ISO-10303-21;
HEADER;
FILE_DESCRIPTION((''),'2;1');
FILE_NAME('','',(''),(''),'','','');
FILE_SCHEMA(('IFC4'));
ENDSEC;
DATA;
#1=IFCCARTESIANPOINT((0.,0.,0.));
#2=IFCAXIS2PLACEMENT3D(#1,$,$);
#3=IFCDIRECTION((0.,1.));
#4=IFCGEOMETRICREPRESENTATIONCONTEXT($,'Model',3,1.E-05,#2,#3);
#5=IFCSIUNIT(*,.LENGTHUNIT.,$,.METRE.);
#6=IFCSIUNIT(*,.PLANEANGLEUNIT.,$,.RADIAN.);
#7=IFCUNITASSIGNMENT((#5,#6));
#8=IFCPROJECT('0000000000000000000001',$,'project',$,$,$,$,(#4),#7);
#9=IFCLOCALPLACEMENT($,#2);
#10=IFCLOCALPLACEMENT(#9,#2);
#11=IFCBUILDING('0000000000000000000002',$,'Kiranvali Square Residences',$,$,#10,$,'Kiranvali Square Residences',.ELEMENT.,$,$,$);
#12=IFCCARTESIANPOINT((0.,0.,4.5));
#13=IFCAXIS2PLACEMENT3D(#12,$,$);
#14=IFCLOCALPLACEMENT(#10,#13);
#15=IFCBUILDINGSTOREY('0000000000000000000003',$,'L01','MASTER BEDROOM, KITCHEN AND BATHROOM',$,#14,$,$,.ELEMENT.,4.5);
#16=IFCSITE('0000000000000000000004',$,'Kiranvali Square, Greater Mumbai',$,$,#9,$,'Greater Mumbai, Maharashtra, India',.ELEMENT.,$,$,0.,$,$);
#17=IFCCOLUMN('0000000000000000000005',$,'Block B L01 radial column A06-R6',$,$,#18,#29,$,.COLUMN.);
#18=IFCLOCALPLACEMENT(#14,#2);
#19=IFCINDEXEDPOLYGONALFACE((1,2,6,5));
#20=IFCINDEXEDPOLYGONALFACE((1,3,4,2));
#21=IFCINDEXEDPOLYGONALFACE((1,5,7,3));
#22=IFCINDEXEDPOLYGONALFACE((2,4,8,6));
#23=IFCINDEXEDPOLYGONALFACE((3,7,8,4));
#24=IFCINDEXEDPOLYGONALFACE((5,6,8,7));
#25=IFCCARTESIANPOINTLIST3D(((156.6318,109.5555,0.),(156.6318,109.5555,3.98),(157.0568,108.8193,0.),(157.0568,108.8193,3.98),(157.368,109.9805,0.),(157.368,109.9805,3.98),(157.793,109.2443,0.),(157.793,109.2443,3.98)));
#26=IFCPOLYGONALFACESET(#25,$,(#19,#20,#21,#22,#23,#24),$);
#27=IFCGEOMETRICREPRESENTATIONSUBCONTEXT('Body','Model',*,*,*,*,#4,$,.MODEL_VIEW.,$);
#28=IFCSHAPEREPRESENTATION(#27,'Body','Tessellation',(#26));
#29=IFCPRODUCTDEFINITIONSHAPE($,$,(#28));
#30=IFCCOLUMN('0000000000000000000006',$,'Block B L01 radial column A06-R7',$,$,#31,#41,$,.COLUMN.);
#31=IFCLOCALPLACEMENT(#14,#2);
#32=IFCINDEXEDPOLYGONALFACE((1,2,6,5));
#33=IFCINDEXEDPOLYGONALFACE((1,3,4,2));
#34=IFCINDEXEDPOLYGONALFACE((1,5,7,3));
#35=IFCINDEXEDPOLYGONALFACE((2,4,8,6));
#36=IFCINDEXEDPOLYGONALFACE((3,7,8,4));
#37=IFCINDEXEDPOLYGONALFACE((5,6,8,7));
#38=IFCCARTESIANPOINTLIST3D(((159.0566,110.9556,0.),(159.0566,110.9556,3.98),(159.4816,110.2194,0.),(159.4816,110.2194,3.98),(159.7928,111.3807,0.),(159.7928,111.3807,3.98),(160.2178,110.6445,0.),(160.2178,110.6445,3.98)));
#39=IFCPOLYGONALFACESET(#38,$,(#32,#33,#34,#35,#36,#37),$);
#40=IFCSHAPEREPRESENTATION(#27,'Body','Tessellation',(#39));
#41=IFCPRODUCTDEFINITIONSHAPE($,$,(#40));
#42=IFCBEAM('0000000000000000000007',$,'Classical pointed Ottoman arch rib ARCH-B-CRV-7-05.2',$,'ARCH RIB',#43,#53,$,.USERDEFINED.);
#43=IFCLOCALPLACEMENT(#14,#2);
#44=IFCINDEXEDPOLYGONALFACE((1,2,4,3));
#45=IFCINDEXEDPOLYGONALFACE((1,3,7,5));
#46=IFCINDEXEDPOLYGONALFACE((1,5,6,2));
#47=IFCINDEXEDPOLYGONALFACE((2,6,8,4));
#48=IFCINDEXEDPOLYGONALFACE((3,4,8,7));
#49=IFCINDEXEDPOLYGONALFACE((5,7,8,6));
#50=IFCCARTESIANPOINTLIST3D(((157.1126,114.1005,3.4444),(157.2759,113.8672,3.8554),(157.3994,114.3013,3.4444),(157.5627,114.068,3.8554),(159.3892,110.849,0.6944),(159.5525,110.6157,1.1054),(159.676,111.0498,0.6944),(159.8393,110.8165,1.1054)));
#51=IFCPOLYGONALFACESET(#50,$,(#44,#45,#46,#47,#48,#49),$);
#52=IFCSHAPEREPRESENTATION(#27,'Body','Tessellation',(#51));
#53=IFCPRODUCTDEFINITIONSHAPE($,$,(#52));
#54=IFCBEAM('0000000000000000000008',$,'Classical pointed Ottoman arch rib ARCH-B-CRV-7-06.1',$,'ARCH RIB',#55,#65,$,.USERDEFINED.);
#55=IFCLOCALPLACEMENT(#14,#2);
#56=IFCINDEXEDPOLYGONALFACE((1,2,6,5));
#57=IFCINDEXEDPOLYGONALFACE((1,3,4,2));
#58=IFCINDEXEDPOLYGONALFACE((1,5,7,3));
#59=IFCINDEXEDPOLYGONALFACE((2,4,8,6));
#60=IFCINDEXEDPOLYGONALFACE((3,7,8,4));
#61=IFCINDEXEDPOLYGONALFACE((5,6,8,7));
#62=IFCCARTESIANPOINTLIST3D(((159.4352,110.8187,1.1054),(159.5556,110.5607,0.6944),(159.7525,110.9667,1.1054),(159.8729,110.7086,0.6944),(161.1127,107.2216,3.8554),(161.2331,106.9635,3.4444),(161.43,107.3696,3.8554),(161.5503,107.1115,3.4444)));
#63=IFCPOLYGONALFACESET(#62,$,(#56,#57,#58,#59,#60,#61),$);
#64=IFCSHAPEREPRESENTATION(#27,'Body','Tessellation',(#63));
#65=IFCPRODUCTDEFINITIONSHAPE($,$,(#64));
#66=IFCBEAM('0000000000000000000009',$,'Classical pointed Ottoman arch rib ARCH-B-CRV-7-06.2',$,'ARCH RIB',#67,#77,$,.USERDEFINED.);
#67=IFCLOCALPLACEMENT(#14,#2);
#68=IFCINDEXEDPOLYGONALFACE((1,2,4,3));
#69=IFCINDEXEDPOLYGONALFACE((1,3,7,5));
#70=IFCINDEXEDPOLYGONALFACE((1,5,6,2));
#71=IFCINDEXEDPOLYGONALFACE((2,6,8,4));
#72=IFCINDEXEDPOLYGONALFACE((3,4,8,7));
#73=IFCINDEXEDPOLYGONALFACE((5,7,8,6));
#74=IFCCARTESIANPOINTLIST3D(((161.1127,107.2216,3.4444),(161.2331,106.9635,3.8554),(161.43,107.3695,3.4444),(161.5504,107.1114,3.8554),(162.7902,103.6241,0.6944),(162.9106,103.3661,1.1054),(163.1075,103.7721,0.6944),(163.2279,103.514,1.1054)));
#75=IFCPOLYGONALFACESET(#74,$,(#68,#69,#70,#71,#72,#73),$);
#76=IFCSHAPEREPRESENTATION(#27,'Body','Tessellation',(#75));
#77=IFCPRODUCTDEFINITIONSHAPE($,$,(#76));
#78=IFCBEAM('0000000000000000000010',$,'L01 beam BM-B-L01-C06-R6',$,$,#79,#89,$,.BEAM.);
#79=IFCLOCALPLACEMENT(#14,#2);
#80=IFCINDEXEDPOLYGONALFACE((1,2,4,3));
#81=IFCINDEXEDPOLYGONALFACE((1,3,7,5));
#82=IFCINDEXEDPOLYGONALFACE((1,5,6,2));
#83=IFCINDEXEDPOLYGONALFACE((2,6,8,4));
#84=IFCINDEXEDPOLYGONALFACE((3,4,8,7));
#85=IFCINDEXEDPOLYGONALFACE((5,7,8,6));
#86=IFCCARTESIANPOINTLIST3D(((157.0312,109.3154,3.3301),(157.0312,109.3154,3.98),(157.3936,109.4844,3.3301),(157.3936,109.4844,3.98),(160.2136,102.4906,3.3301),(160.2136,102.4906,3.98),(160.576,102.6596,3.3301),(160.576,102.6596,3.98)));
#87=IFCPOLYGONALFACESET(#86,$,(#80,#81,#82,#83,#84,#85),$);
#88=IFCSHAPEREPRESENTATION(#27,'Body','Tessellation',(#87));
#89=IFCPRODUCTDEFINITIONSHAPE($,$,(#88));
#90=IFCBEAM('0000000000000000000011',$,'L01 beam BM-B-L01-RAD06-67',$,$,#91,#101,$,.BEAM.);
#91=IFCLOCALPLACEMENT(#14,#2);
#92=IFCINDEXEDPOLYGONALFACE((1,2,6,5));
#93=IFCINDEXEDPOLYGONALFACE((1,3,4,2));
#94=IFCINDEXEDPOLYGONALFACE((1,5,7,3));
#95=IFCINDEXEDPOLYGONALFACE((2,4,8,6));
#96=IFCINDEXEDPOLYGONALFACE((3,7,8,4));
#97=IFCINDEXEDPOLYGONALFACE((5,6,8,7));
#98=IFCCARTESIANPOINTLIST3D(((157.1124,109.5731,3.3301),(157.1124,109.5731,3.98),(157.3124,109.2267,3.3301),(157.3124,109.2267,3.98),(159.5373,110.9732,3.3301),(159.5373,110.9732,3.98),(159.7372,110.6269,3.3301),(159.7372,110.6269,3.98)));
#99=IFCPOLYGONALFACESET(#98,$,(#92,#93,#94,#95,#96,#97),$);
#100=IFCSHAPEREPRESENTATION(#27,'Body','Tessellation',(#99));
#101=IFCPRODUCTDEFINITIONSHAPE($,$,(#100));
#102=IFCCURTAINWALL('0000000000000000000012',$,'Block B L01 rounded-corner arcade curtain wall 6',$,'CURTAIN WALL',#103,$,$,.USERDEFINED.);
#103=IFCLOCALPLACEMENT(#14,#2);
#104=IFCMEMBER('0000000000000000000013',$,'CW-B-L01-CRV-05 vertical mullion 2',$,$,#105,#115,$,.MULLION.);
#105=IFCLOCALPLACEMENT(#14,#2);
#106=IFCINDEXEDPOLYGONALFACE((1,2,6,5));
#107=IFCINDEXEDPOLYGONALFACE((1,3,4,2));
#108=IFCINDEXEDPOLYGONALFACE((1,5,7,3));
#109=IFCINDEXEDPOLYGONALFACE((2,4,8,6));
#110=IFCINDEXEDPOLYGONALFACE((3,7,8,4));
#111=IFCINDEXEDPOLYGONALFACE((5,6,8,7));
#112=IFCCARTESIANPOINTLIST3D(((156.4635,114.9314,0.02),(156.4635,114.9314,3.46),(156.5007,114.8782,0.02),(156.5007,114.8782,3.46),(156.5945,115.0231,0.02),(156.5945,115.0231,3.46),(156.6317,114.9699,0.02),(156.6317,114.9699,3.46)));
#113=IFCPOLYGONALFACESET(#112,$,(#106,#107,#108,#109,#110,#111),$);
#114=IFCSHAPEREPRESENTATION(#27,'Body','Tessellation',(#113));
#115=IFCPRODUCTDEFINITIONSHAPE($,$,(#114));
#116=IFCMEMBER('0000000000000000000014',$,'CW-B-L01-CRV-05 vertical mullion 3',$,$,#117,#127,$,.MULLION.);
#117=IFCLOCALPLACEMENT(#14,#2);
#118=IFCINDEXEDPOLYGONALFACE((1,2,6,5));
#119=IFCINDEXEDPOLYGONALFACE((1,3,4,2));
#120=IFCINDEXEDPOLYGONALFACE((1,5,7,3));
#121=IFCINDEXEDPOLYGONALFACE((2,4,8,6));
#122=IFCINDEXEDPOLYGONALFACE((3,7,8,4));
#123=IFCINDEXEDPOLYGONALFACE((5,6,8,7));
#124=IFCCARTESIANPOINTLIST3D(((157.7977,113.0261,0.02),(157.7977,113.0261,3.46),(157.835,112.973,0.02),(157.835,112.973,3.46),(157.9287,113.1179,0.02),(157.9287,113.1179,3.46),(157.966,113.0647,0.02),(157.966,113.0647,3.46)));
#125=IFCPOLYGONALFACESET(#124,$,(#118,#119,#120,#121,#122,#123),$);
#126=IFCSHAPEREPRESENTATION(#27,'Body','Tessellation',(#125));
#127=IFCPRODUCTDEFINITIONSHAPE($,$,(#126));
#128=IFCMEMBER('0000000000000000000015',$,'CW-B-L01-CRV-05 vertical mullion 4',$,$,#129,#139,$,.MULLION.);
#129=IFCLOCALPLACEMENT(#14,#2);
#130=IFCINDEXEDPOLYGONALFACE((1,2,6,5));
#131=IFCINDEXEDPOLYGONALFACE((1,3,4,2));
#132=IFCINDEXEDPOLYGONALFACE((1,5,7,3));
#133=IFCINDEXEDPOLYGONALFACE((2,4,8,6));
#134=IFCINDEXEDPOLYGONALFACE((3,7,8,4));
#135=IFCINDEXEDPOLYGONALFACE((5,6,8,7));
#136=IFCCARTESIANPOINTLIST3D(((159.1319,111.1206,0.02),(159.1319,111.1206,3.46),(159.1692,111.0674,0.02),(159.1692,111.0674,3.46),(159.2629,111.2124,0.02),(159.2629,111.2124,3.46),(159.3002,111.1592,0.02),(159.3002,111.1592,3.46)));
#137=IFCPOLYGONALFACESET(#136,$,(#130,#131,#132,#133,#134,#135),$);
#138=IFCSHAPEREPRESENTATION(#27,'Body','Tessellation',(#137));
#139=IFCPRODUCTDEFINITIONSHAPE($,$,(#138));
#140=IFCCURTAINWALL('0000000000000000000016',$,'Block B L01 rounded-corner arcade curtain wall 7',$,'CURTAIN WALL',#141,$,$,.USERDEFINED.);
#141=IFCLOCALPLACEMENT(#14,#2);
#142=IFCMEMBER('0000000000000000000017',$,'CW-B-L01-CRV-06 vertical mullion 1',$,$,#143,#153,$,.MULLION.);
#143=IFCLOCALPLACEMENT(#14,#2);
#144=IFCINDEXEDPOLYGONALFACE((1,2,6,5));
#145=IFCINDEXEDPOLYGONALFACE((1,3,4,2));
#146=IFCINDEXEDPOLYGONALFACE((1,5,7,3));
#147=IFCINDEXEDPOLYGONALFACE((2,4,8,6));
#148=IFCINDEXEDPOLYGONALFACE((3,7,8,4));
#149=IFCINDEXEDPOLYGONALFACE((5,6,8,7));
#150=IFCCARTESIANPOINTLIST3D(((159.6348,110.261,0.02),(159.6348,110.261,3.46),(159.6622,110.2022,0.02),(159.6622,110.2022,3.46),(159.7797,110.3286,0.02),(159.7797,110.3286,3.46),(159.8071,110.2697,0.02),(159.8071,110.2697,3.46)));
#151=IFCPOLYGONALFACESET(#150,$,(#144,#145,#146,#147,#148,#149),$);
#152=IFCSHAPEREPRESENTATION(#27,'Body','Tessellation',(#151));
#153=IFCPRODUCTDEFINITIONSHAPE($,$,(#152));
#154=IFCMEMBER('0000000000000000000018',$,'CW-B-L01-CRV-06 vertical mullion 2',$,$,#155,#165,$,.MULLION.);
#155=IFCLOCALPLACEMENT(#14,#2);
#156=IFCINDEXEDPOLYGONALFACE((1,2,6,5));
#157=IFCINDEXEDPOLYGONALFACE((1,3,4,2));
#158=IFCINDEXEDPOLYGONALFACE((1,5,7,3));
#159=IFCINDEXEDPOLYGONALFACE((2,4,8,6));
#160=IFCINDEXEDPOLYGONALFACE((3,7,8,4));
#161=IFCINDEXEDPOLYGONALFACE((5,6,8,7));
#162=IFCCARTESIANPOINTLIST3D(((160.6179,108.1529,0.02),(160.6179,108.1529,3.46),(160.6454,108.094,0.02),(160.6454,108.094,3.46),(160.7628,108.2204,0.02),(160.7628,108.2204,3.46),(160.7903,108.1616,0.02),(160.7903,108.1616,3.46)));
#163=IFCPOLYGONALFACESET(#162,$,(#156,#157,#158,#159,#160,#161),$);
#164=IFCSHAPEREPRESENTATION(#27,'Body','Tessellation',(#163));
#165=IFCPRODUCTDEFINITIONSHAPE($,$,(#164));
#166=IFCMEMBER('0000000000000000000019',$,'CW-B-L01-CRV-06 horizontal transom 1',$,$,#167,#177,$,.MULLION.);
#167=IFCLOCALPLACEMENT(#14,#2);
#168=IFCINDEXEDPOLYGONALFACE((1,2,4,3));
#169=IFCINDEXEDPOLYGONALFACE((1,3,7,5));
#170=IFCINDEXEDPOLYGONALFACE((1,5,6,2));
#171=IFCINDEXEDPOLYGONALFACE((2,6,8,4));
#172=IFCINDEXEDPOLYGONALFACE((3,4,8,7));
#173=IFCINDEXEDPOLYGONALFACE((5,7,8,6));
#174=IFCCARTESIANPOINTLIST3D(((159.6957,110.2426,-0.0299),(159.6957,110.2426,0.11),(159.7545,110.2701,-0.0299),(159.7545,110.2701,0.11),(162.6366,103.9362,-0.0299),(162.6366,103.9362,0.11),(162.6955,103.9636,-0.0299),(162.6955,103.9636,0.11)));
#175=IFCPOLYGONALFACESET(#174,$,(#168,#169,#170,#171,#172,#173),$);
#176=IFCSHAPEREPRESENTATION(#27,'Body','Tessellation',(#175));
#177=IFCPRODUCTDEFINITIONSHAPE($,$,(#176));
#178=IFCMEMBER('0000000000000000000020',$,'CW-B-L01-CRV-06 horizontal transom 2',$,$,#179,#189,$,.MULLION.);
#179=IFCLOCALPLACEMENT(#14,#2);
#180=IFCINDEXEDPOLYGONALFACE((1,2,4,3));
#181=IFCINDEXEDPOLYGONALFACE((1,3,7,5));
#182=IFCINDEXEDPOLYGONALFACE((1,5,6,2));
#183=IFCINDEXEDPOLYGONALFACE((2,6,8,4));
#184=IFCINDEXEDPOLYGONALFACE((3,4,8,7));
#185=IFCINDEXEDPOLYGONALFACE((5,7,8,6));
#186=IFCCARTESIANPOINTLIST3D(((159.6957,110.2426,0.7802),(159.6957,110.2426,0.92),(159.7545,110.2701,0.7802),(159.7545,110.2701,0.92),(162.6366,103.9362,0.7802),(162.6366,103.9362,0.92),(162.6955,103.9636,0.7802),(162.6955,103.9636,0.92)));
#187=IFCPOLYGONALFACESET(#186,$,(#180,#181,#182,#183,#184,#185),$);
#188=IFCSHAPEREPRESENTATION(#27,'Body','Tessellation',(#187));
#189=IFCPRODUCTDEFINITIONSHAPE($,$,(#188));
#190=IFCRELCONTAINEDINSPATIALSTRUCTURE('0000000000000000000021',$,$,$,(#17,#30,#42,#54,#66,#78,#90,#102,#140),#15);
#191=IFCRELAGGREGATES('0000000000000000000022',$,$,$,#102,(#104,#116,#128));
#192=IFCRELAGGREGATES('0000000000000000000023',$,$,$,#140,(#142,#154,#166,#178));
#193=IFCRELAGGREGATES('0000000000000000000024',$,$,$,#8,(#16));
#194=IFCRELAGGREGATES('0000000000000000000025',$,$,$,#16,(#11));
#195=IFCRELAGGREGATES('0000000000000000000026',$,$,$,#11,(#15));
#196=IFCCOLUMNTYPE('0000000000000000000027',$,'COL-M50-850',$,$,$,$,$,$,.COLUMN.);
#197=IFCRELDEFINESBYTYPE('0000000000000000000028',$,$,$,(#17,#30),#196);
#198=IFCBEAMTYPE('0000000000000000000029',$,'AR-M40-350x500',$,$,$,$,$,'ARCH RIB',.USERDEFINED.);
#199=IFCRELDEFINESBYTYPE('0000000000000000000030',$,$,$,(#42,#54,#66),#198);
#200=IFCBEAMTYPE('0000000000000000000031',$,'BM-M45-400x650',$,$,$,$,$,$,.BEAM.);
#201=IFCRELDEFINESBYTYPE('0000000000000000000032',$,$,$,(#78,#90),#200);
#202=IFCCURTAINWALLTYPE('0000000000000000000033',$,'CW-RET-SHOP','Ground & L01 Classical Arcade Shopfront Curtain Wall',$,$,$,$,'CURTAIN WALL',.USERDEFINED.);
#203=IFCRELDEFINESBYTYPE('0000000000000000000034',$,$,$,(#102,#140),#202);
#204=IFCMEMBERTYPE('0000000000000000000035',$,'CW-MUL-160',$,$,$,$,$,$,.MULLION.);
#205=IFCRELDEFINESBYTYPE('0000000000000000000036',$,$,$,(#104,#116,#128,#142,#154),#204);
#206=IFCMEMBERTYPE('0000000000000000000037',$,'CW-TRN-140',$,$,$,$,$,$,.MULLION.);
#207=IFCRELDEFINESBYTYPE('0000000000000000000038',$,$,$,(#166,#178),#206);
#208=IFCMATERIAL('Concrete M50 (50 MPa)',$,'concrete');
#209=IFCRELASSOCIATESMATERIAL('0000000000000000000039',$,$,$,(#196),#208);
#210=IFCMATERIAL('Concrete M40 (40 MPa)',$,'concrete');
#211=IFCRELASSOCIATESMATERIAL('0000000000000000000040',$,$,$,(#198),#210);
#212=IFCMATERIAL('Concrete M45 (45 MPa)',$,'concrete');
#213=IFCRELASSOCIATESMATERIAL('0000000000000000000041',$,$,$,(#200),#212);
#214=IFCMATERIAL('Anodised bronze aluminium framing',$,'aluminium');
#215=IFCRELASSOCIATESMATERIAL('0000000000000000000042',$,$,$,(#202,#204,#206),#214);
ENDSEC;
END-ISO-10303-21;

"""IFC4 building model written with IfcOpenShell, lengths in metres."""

from ifc_helpers import new_model, si_unit, direction, frame, origin, origin_2d, place, context, subcontext, project, spatial, rectangle, extrude, material, material_profile, profile_set, type_object, element, aggregate, save


model = new_model("IFC4")

# Units and contexts
model_context = context("Model", 3, precision=1e-05, world=origin(), true_north=direction((0.0, 1.0)))
body_context = subcontext(model_context, "Body", "Model", "MODEL_VIEW")
ifc_project = project(units=[si_unit("LENGTHUNIT", "METRE"), si_unit("PLANEANGLEUNIT", "RADIAN")], contexts=[model_context])

# Site, building, storey
site_placement = place(None, origin())
site = spatial("IfcSite", under=ifc_project, at=site_placement, Name="Kiranvali Square, Greater Mumbai", LongName="Greater Mumbai, Maharashtra, India", CompositionType="ELEMENT", RefElevation=0.0)
building_placement = place(site_placement, origin())
building = spatial("IfcBuilding", under=site, at=building_placement, Name="Kiranvali Square Residences", LongName="Kiranvali Square Residences", CompositionType="ELEMENT")
storey_placement = place(building_placement, frame((0.0, 0.0, 4.5)))
storey = spatial("IfcBuildingStorey", under=building, at=storey_placement, Name="L01", Description="MASTER BEDROOM, KITCHEN AND BATHROOM", CompositionType="ELEMENT", Elevation=4.5)

# Columns
ifc_material_1 = material(Name="Concrete M50 (50 MPa)", Category="concrete")
ifc_material_profile_1 = material_profile(ifc_material_1, rectangle(XDim=0.8501, YDim=0.8501, at=origin_2d()), Name="RC 850x850")
ifc_profile_set_1 = profile_set([ifc_material_profile_1], Name="Concrete M50 (50 MPa)")
column_type = type_object("IfcColumnType", Name="COL-M50-850", PredefinedType="COLUMN", material=ifc_profile_set_1)
for number, where, z_axis, x_axis, name in (
    (1, (157.2124, 109.3999, 0.0), (0.0, 0.0, 1.0), (-0.5, 0.866025, 0.0), "Block B L01 radial column A06-R6"),
    (2, (159.6372, 110.8, 0.0), (0.0, 0.0, 1.0), (-0.5, 0.866025, 0.0), "Block B L01 radial column A06-R7"),
):
    element("IfcColumn", number, at=place(storey_placement, frame(where, z_axis=z_axis, x_axis=x_axis)), inside=storey, type_object=column_type, Name=name, PredefinedType="COLUMN", context=body_context, shape_type="SweptSolid", body=[
        extrude(rectangle(XDim=0.8501, YDim=0.8501, at=origin_2d()), origin(), (0.0, 0.0, 1.0), 3.98),
    ])

# Beams
ifc_material_2 = material(Name="Concrete M40 (40 MPa)", Category="concrete")
ifc_material_profile_2 = material_profile(ifc_material_2, rectangle(XDim=0.3501, YDim=0.5, at=origin_2d()), Name="RC 350x500")
ifc_profile_set_2 = profile_set([ifc_material_profile_2], Name="Concrete M40 (40 MPa)")
beam_type_1 = type_object("IfcBeamType", Name="AR-M40-350x500", ElementType="ARCH RIB", PredefinedType="USERDEFINED", material=ifc_profile_set_2)
beam_1_placement = place(storey_placement, frame((157.3376, 114.0842, 3.6499), z_axis=(0.471463, -0.673346, -0.569498), x_axis=(0.819163, 0.573561, 0.0)))
element("IfcBeam", 3, at=beam_1_placement, inside=storey, type_object=beam_type_1, Name="Classical pointed Ottoman arch rib ARCH-B-CRV-7-05.2", ObjectType="ARCH RIB", PredefinedType="USERDEFINED", context=body_context, shape_type="SweptSolid", body=[
    extrude(rectangle(XDim=0.3501, YDim=0.5, at=origin_2d()), origin(), (0.0, 0.0, 1.0), 4.8289),
])
beam_2_placement = place(storey_placement, frame((159.6541, 110.7637, 0.8999), z_axis=(0.347402, -0.74496, 0.569515), x_axis=(0.906298, 0.42264, 0.0)))
element("IfcBeam", 4, at=beam_2_placement, inside=storey, type_object=beam_type_1, Name="Classical pointed Ottoman arch rib ARCH-B-CRV-7-06.1", ObjectType="ARCH RIB", PredefinedType="USERDEFINED", context=body_context, shape_type="SweptSolid", body=[
    extrude(rectangle(XDim=0.3501, YDim=0.5, at=origin_2d()), origin(), (0.0, 0.0, 1.0), 4.8286),
])
beam_3_placement = place(storey_placement, frame((161.3315, 107.1665, 3.6499), z_axis=(0.347389, -0.744982, -0.569493), x_axis=(0.906309, 0.422616, 0.0)))
element("IfcBeam", 5, at=beam_3_placement, inside=storey, type_object=beam_type_1, Name="Classical pointed Ottoman arch rib ARCH-B-CRV-7-06.2", ObjectType="ARCH RIB", PredefinedType="USERDEFINED", context=body_context, shape_type="SweptSolid", body=[
    extrude(rectangle(XDim=0.3501, YDim=0.5, at=origin_2d()), origin(), (0.0, 0.0, 1.0), 4.8289),
])
ifc_material_3 = material(Name="Concrete M45 (45 MPa)", Category="concrete")
ifc_material_profile_3 = material_profile(ifc_material_3, rectangle(XDim=0.3999, YDim=0.6499, at=origin_2d()), Name="RC 400x650")
ifc_profile_set_3 = profile_set([ifc_material_profile_3], Name="Concrete M45 (45 MPa)")
beam_type_2 = type_object("IfcBeamType", Name="BM-M45-400x650", PredefinedType="BEAM", material=ifc_profile_set_3)
beam_4_placement = place(storey_placement, frame((157.2124, 109.3999, 3.655), z_axis=(0.422614, -0.90631, 0.0), x_axis=(0.90631, 0.422614, 0.0)))
element("IfcBeam", 6, at=beam_4_placement, inside=storey, type_object=beam_type_2, Name="L01 beam BM-B-L01-C06-R6", PredefinedType="BEAM", context=body_context, shape_type="SweptSolid", body=[
    extrude(rectangle(XDim=0.3999, YDim=0.6499, at=origin_2d()), origin(), (0.0, 0.0, 1.0), 7.5303),
])
beam_5_placement = place(storey_placement, frame((157.2124, 109.3999, 3.655), z_axis=(0.865997, 0.50005, 0.0), x_axis=(-0.50005, 0.865997, 0.0)))
element("IfcBeam", 7, at=beam_5_placement, inside=storey, type_object=beam_type_2, Name="L01 beam BM-B-L01-RAD06-67", PredefinedType="BEAM", context=body_context, shape_type="SweptSolid", body=[
    extrude(rectangle(XDim=0.3999, YDim=0.6499, at=origin_2d()), origin(), (0.0, 0.0, 1.0), 2.8),
])

# Curtain walls, members
ifc_material_4 = material(Name="Anodised bronze aluminium framing", Category="aluminium")
curtain_wall_type = type_object("IfcCurtainWallType", Name="CW-RET-SHOP", Description="Ground & L01 Classical Arcade Shopfront Curtain Wall", ElementType="CURTAIN WALL", PredefinedType="USERDEFINED", material=ifc_material_4)
curtain_wall_1_placement = place(storey_placement, origin())
curtain_wall_1 = element("IfcCurtainWall", 8, at=curtain_wall_1_placement, inside=storey, type_object=curtain_wall_type, Name="Block B L01 rounded-corner arcade curtain wall 6", ObjectType="CURTAIN WALL", PredefinedType="USERDEFINED")
ifc_material_profile_4 = material_profile(ifc_material_4, rectangle(XDim=0.0649, YDim=0.1599, at=origin_2d()), Name="ALU 65x160")
ifc_profile_set_4 = profile_set([ifc_material_profile_4], Name="Anodised bronze aluminium framing")
member_type_1 = type_object("IfcMemberType", Name="CW-MUL-160", PredefinedType="MULLION", material=ifc_profile_set_4)
member_1_placement = place(storey_placement, frame((156.5476, 114.9507, 0.02), z_axis=(0.0, 0.0, 1.0), x_axis=(0.573576, -0.819152, 0.0)))
member_1 = element("IfcMember", 9, at=member_1_placement, type_object=member_type_1, Name="CW-B-L01-CRV-05 vertical mullion 2", PredefinedType="MULLION", context=body_context, shape_type="SweptSolid", body=[
    extrude(rectangle(XDim=0.0649, YDim=0.1599, at=origin_2d()), origin(), (0.0, 0.0, 1.0), 3.4399),
])
member_2_placement = place(storey_placement, frame((157.8818, 113.0454, 0.02), z_axis=(0.0, 0.0, 1.0), x_axis=(0.573576, -0.819152, 0.0)))
member_2 = element("IfcMember", 10, at=member_2_placement, type_object=member_type_1, Name="CW-B-L01-CRV-05 vertical mullion 3", PredefinedType="MULLION", context=body_context, shape_type="SweptSolid", body=[
    extrude(rectangle(XDim=0.0649, YDim=0.1599, at=origin_2d()), origin(), (0.0, 0.0, 1.0), 3.4399),
])
member_3_placement = place(storey_placement, frame((159.2161, 111.1399, 0.02), z_axis=(0.0, 0.0, 1.0), x_axis=(0.573576, -0.819152, 0.0)))
member_3 = element("IfcMember", 11, at=member_3_placement, type_object=member_type_1, Name="CW-B-L01-CRV-05 vertical mullion 4", PredefinedType="MULLION", context=body_context, shape_type="SweptSolid", body=[
    extrude(rectangle(XDim=0.0649, YDim=0.1599, at=origin_2d()), origin(), (0.0, 0.0, 1.0), 3.4399),
])
curtain_wall_2_placement = place(storey_placement, origin())
curtain_wall_2 = element("IfcCurtainWall", 12, at=curtain_wall_2_placement, inside=storey, type_object=curtain_wall_type, Name="Block B L01 rounded-corner arcade curtain wall 7", ObjectType="CURTAIN WALL", PredefinedType="USERDEFINED")
member_4_placement = place(storey_placement, frame((159.7209, 110.2654, 0.02), z_axis=(0.0, 0.0, 1.0), x_axis=(0.422618, -0.906308, 0.0)))
member_4 = element("IfcMember", 13, at=member_4_placement, type_object=member_type_1, Name="CW-B-L01-CRV-06 vertical mullion 1", PredefinedType="MULLION", context=body_context, shape_type="SweptSolid", body=[
    extrude(rectangle(XDim=0.0649, YDim=0.1599, at=origin_2d()), origin(), (0.0, 0.0, 1.0), 3.4399),
])
member_5_placement = place(storey_placement, frame((160.7041, 108.1572, 0.02), z_axis=(0.0, 0.0, 1.0), x_axis=(0.422618, -0.906308, 0.0)))
member_5 = element("IfcMember", 14, at=member_5_placement, type_object=member_type_1, Name="CW-B-L01-CRV-06 vertical mullion 2", PredefinedType="MULLION", context=body_context, shape_type="SweptSolid", body=[
    extrude(rectangle(XDim=0.0649, YDim=0.1599, at=origin_2d()), origin(), (0.0, 0.0, 1.0), 3.4399),
])
ifc_material_profile_5 = material_profile(ifc_material_4, rectangle(XDim=0.0649, YDim=0.1399, at=origin_2d()), Name="ALU 65x140")
ifc_profile_set_5 = profile_set([ifc_material_profile_5], Name="Anodised bronze aluminium framing")
member_type_2 = type_object("IfcMemberType", Name="CW-TRN-140", PredefinedType="MULLION", material=ifc_profile_set_5)
member_6_placement = place(storey_placement, frame((159.7251, 110.2563, 0.04), z_axis=(0.422642, -0.906297, 0.0), x_axis=(0.906297, 0.422642, 0.0)))
member_6 = element("IfcMember", 15, at=member_6_placement, type_object=member_type_2, Name="CW-B-L01-CRV-06 horizontal transom 1", PredefinedType="MULLION", context=body_context, shape_type="SweptSolid", body=[
    extrude(rectangle(XDim=0.0649, YDim=0.1399, at=origin_2d()), origin(), (0.0, 0.0, 1.0), 6.9585),
])
member_7_placement = place(storey_placement, frame((159.7251, 110.2563, 0.8501), z_axis=(0.422642, -0.906297, 0.0), x_axis=(0.906297, 0.422642, 0.0)))
member_7 = element("IfcMember", 16, at=member_7_placement, type_object=member_type_2, Name="CW-B-L01-CRV-06 horizontal transom 2", PredefinedType="MULLION", context=body_context, shape_type="SweptSolid", body=[
    extrude(rectangle(XDim=0.0649, YDim=0.1399, at=origin_2d()), origin(), (0.0, 0.0, 1.0), 6.9585),
])

aggregate(curtain_wall_1, [member_1, member_2, member_3])
aggregate(curtain_wall_2, [member_4, member_5, member_6, member_7])

save(model, "model.ifc")
